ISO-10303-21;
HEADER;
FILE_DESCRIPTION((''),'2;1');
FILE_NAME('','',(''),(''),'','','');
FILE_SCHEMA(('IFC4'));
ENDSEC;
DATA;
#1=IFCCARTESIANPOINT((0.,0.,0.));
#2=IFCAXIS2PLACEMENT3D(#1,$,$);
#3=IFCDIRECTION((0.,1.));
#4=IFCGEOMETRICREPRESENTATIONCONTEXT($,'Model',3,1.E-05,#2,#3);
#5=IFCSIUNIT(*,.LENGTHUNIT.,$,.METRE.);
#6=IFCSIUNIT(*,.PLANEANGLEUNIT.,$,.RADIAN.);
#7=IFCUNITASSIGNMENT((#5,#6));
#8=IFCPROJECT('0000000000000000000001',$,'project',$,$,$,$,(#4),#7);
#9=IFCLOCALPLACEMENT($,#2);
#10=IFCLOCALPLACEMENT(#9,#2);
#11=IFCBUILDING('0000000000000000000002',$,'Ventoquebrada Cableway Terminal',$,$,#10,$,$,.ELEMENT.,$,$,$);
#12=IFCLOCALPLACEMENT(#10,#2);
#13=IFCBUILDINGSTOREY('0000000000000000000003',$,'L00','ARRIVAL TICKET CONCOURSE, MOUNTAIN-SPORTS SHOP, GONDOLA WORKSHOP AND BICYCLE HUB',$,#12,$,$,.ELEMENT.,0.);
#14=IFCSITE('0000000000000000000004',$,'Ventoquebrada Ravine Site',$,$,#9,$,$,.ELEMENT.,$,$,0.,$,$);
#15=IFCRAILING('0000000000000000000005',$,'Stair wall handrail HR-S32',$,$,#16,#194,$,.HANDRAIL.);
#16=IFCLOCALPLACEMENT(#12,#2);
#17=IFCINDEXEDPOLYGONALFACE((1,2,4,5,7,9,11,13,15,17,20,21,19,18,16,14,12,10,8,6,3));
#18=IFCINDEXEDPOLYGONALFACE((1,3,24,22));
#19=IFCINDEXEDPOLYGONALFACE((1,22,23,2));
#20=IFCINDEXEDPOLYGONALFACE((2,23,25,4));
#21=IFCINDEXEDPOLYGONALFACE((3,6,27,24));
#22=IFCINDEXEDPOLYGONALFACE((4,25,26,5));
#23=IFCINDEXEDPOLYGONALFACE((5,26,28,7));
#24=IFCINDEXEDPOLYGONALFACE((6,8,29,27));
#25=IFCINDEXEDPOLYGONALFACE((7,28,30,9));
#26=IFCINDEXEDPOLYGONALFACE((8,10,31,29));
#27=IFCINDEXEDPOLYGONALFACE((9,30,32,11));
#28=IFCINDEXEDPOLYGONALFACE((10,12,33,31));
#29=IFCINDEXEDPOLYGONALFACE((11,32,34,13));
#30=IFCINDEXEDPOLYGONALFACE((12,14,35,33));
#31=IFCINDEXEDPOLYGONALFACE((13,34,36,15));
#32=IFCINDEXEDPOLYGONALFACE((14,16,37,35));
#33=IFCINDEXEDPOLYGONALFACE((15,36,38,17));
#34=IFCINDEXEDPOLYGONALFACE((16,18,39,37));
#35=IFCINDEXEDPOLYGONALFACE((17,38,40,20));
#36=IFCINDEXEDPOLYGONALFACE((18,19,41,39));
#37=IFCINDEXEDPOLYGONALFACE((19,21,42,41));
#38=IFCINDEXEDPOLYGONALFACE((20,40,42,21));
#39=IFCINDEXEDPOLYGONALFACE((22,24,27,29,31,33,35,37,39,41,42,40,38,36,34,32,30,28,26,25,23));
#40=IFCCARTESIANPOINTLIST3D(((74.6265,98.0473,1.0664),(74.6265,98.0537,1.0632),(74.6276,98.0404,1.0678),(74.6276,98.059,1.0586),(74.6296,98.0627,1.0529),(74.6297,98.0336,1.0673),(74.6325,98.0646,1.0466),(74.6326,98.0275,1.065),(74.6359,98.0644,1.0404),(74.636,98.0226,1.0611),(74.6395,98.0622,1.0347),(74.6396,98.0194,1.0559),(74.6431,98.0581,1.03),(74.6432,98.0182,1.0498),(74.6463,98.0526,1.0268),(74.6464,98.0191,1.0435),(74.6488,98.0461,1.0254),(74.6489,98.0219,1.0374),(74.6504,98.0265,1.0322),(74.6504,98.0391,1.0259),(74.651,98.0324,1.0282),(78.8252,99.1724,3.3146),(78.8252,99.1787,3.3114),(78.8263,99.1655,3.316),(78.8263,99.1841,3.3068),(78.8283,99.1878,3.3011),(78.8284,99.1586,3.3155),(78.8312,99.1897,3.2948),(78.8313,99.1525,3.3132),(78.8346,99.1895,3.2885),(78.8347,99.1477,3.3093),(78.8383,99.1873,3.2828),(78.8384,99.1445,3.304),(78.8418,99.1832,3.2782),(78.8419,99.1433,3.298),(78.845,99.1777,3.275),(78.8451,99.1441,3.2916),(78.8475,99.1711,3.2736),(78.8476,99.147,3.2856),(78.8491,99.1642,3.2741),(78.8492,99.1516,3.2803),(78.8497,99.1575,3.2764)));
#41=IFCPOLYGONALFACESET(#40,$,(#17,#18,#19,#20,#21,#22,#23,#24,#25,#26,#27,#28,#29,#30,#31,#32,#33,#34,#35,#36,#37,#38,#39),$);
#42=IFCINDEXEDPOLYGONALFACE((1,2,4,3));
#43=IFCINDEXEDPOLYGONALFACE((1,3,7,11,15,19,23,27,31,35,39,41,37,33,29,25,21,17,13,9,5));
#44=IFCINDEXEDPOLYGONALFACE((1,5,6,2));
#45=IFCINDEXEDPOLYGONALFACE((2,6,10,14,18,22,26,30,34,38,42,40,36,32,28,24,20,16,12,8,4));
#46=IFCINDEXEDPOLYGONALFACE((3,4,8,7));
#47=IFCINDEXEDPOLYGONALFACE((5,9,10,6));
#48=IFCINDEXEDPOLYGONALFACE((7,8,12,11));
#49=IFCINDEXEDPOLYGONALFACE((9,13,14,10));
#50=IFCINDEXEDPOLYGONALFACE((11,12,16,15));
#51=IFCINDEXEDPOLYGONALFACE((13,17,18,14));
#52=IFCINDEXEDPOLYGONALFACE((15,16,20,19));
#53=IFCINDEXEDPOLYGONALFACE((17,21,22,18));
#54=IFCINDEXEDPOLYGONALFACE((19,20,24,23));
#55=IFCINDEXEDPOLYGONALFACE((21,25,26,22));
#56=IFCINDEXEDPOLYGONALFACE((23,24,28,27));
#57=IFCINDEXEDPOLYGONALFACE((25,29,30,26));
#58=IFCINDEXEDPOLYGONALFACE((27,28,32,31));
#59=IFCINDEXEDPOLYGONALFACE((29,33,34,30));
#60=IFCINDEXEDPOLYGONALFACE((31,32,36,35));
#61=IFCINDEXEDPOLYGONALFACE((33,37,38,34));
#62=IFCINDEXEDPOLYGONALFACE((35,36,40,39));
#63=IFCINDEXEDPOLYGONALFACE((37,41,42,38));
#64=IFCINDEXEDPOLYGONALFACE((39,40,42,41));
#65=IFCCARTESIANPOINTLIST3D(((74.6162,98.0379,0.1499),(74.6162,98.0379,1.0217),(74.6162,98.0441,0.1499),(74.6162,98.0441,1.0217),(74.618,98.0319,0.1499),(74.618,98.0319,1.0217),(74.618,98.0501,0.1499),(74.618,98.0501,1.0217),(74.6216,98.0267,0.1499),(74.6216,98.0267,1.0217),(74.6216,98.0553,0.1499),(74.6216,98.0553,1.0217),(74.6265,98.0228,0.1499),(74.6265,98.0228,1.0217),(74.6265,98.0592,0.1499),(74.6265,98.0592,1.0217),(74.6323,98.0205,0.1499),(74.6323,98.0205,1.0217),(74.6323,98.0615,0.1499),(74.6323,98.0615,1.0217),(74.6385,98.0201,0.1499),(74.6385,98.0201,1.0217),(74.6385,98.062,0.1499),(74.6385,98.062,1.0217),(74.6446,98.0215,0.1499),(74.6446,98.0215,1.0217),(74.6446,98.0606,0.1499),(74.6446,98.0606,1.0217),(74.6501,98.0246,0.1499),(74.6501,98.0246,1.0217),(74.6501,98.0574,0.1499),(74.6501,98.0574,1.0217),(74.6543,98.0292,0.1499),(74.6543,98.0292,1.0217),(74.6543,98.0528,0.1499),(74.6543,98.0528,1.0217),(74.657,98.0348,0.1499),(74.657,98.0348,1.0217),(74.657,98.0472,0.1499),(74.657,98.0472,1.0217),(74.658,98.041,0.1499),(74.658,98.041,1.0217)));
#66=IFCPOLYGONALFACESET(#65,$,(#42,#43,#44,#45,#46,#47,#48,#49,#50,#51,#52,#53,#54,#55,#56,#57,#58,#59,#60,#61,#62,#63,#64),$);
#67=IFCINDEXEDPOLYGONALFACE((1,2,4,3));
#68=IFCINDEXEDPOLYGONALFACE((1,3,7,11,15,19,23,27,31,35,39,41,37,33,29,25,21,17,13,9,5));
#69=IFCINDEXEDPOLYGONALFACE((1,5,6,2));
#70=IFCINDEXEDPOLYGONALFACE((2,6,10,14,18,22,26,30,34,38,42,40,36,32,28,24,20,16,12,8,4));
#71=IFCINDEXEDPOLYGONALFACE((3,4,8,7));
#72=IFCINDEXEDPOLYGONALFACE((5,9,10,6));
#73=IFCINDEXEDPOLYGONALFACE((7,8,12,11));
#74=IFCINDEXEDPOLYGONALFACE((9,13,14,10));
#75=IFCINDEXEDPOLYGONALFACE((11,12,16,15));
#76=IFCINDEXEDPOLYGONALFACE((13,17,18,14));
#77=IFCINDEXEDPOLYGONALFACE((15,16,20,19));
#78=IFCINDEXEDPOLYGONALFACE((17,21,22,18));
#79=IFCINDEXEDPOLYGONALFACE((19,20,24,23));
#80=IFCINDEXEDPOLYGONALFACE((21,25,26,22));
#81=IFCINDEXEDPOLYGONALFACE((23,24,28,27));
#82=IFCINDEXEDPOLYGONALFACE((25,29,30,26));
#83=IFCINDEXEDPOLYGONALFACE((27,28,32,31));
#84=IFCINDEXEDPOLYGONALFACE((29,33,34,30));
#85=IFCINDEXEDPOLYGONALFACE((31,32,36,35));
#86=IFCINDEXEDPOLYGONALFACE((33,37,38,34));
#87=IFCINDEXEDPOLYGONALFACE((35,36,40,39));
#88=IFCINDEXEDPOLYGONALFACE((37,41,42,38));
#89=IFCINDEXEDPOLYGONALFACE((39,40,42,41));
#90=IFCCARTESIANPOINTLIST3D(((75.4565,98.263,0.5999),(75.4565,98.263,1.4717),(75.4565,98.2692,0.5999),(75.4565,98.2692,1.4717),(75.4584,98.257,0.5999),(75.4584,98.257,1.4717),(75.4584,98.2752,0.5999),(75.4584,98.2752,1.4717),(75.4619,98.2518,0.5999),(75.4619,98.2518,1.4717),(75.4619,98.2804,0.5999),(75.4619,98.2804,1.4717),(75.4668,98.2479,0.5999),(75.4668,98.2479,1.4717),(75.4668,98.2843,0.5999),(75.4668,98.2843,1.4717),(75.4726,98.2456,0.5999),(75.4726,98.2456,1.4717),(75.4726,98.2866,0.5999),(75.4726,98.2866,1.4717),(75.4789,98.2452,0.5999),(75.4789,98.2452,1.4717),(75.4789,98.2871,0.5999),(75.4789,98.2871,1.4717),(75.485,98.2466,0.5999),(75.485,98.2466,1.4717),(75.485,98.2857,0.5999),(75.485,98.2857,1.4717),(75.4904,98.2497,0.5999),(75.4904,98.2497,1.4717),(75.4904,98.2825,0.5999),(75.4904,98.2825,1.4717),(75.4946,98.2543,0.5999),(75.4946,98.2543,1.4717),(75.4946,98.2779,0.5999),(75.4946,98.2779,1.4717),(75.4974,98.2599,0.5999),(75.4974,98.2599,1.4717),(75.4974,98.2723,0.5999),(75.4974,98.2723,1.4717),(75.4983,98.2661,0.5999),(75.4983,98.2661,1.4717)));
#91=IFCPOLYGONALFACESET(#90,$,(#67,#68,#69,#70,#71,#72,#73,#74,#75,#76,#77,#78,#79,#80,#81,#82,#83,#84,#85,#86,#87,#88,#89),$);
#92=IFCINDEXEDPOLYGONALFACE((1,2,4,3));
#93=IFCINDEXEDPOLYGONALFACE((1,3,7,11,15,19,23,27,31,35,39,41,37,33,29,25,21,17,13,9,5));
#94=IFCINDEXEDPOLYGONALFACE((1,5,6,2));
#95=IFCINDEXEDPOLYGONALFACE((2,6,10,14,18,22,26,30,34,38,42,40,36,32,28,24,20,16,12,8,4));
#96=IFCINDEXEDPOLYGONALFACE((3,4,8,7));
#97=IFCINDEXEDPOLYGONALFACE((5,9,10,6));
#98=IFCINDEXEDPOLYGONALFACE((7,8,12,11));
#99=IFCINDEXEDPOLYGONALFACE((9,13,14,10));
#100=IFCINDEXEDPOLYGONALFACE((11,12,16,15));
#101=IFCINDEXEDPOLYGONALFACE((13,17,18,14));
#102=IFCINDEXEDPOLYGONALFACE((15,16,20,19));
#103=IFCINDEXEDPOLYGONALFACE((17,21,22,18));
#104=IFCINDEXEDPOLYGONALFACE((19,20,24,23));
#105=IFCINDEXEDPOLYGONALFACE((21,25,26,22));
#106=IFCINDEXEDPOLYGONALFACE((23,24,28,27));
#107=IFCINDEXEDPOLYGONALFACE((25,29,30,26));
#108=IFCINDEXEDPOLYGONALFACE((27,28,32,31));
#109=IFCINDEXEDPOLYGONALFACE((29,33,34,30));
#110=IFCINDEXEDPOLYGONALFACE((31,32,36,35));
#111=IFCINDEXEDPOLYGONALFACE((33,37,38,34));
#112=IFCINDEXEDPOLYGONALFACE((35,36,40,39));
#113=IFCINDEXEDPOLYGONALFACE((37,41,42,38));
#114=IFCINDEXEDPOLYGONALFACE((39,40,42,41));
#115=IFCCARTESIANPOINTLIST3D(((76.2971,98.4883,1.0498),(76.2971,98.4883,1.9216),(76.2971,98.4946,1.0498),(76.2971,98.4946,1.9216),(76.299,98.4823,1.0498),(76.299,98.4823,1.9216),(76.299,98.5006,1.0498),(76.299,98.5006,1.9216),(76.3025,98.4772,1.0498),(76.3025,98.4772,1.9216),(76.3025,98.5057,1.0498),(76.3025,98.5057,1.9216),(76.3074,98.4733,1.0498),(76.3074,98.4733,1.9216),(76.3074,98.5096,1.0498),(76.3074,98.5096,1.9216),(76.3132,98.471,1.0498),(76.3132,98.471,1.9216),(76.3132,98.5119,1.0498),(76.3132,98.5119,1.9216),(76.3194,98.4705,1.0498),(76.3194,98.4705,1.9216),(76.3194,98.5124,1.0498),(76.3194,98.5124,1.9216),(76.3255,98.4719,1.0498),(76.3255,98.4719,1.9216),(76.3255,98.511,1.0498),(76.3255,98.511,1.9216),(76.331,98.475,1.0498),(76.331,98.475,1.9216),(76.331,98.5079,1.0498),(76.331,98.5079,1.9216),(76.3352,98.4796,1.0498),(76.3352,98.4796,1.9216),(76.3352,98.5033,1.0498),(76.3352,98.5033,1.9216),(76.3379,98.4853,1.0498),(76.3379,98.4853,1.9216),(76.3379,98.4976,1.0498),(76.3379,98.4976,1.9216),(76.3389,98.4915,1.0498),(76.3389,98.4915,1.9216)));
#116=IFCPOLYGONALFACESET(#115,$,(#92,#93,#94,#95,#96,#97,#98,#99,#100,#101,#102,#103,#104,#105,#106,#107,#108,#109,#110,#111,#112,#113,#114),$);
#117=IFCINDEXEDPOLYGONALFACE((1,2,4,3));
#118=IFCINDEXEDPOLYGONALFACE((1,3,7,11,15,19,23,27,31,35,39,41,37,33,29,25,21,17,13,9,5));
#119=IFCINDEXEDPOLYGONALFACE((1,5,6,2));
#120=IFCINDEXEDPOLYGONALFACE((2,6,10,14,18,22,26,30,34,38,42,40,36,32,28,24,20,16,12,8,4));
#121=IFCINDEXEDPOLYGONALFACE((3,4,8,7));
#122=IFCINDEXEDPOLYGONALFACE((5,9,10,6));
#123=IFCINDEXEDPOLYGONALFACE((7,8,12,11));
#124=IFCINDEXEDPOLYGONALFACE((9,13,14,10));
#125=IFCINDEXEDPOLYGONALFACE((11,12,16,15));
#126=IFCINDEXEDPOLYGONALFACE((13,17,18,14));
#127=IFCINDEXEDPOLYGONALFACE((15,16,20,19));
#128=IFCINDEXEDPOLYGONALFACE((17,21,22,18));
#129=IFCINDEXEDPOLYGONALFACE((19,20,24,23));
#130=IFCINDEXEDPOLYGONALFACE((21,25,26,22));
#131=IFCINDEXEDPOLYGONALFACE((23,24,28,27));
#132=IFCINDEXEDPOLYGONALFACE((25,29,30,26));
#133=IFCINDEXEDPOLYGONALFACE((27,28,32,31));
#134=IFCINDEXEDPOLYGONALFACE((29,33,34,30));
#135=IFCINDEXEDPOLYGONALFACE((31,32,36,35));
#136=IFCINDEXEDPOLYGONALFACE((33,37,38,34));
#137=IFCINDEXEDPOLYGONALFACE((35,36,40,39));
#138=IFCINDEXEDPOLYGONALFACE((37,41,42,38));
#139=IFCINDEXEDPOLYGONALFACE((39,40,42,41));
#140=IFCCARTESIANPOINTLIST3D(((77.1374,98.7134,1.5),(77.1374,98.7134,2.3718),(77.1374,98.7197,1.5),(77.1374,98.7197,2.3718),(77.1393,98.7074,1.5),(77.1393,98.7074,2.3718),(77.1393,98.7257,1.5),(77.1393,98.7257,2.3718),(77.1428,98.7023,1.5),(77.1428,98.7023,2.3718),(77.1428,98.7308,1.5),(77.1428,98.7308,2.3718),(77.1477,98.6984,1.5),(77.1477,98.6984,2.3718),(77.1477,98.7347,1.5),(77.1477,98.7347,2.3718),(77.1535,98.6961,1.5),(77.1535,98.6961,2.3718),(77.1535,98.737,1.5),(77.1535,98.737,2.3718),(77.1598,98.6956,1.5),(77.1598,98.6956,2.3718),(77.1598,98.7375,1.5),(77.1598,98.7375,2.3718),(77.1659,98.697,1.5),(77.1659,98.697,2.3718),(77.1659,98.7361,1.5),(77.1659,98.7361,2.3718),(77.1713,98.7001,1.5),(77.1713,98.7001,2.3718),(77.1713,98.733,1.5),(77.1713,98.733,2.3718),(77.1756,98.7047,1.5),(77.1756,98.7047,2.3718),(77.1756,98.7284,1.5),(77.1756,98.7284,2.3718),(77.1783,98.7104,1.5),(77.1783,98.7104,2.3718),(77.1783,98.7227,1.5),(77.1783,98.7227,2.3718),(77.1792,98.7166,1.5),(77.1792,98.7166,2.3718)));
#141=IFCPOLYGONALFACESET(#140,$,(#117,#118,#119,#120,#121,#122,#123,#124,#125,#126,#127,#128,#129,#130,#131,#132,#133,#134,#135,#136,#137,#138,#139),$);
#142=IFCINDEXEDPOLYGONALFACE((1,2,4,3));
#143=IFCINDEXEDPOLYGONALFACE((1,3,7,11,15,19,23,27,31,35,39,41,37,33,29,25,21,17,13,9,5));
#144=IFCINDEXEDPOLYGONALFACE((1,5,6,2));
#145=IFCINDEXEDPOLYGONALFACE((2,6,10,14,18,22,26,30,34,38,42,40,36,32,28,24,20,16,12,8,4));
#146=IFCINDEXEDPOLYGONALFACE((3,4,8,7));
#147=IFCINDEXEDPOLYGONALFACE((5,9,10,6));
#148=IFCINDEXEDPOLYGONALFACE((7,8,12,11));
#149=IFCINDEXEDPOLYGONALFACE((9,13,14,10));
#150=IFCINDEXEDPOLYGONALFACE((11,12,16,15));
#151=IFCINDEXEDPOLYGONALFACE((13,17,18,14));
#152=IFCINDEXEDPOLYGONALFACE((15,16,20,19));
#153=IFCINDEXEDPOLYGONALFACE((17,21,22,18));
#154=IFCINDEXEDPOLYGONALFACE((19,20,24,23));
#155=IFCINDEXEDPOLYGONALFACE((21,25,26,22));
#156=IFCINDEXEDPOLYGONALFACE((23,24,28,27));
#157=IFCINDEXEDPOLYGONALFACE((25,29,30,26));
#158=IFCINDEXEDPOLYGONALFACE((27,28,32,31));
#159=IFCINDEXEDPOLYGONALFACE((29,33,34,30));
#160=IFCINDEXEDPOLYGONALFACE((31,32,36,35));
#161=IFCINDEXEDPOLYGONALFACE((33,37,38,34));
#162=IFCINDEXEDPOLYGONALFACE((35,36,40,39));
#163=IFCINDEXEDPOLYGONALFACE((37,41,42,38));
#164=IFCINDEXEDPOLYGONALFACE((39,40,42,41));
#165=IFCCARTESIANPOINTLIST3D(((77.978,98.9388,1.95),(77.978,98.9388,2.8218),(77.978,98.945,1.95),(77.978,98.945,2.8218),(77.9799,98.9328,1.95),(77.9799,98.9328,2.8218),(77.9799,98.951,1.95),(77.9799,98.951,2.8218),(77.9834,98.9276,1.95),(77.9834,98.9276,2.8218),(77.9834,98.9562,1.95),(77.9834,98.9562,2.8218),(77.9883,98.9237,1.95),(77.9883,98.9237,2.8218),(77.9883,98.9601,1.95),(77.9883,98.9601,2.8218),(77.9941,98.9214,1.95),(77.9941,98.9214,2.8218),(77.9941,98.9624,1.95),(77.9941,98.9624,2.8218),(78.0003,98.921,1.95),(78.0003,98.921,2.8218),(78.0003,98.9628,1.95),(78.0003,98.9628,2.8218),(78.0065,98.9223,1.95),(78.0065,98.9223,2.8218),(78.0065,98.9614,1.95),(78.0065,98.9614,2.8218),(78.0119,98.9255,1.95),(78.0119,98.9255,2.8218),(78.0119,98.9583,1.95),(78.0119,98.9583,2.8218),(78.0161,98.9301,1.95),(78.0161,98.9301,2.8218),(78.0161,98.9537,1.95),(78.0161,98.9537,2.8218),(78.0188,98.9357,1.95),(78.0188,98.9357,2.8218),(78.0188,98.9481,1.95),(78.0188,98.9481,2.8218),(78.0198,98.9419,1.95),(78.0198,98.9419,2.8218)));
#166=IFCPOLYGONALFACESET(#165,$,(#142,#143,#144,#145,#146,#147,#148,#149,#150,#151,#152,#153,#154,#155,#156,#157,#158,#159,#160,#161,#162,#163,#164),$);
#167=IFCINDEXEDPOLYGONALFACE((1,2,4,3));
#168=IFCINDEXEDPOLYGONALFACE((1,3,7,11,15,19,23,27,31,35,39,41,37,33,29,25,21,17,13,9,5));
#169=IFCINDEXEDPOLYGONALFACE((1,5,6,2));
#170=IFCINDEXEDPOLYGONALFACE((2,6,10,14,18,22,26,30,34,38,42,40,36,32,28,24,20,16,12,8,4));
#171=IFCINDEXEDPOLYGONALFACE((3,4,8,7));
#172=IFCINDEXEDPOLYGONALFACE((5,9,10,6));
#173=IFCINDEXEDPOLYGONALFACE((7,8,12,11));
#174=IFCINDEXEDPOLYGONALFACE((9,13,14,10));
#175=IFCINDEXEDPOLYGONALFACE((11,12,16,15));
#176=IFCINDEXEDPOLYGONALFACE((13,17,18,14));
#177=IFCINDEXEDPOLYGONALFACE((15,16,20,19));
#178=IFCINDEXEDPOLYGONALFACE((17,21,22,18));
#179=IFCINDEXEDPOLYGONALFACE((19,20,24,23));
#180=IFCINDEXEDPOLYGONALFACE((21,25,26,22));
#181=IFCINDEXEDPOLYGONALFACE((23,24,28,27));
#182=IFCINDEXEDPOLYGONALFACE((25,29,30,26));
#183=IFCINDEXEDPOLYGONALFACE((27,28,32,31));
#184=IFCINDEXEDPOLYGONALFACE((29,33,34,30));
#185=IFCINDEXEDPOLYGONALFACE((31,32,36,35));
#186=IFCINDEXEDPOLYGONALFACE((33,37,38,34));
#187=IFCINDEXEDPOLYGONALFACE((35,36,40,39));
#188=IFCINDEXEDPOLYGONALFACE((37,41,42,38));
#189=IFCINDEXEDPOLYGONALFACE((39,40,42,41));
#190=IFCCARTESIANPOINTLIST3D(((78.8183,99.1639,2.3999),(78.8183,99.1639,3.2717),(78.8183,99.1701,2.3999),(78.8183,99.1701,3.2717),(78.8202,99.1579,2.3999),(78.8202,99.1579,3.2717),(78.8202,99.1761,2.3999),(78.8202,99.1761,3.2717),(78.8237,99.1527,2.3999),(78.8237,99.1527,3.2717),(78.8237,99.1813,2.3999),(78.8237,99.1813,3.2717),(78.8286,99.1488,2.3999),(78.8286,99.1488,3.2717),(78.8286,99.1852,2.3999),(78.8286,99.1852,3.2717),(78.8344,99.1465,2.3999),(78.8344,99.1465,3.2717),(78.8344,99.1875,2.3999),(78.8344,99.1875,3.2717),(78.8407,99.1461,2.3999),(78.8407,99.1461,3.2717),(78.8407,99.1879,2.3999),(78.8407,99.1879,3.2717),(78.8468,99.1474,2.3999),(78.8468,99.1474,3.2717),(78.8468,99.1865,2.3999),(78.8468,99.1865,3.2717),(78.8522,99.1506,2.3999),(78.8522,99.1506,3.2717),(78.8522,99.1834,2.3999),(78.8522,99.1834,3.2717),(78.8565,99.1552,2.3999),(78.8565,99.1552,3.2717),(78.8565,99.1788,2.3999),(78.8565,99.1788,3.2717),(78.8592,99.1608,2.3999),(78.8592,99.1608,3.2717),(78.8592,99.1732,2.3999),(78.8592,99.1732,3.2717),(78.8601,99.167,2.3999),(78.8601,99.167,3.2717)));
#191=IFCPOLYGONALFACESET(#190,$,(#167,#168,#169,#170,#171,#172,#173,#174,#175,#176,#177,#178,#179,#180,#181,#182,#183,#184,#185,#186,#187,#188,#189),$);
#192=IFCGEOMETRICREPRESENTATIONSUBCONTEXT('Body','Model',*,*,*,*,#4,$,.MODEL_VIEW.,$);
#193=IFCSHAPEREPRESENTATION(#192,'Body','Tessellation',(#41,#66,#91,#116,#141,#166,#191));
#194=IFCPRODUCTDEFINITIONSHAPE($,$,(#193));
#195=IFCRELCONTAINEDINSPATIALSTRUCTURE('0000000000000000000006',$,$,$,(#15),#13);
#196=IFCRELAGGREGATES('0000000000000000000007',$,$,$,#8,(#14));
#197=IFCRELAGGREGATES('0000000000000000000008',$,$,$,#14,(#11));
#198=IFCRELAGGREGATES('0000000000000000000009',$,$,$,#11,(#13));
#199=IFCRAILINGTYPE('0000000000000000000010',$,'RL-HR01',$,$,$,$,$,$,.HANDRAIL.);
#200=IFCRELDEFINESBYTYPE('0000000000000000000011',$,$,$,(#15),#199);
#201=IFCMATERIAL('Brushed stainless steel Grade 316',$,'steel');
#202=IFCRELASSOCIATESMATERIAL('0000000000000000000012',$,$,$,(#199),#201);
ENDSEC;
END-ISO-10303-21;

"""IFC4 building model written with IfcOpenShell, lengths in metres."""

from ifc_helpers import new_model, si_unit, direction, frame, origin, origin_2d, place, context, subcontext, project, spatial, circle, extrude, material, type_object, element, save


model = new_model("IFC4")

# Units and contexts
model_context = context("Model", 3, precision=1e-05, world=origin(), true_north=direction((0.0, 1.0)))
body_context = subcontext(model_context, "Body", "Model", "MODEL_VIEW")
ifc_project = project(units=[si_unit("LENGTHUNIT", "METRE"), si_unit("PLANEANGLEUNIT", "RADIAN")], contexts=[model_context])

# Site, building, storey
site_placement = place(None, origin())
site = spatial("IfcSite", under=ifc_project, at=site_placement, Name="Ventoquebrada Ravine Site", CompositionType="ELEMENT", RefElevation=0.0)
building_placement = place(site_placement, origin())
building = spatial("IfcBuilding", under=site, at=building_placement, Name="Ventoquebrada Cableway Terminal", CompositionType="ELEMENT")
storey_placement = place(building_placement, origin())
storey = spatial("IfcBuildingStorey", under=building, at=storey_placement, Name="L00", Description="ARRIVAL TICKET CONCOURSE, MOUNTAIN-SPORTS SHOP, GONDOLA WORKSHOP AND BICYCLE HUB", CompositionType="ELEMENT", Elevation=0.0)

# Railing
ifc_material_1 = material(Name="Brushed stainless steel Grade 316", Category="steel")
railing_type_1 = type_object("IfcRailingType", Name="RL-HR01", PredefinedType="HANDRAIL", material=ifc_material_1)
railing_1_placement = place(storey_placement, frame((74.637, 98.041, 0.1499)))
element("IfcRailing", 1, at=railing_1_placement, inside=storey, type_object=railing_type_1, Name="Stair wall handrail HR-S32", PredefinedType="HANDRAIL", context=body_context, shape_type="SweptSolid", body=[
    extrude(circle(Radius=0.0239, at=origin_2d()), frame((0.0017, 0.0005, 0.8967), z_axis=(0.857968, 0.229895, 0.459391), x_axis=(-0.258822, 0.965925, 0.0)), (0.0, 0.0, 1.0), 4.8938),
    extrude(circle(Radius=0.021, at=origin_2d()), origin(), (0.0, 0.0, 1.0), 0.8718),
    extrude(circle(Radius=0.021, at=origin_2d()), frame((0.8403, 0.2251, 0.45)), (0.0, 0.0, 1.0), 0.8718),
    extrude(circle(Radius=0.021, at=origin_2d()), frame((1.6809, 0.4504, 0.8999)), (0.0, 0.0, 1.0), 0.8718),
    extrude(circle(Radius=0.021, at=origin_2d()), frame((2.5212, 0.6755, 1.3501)), (0.0, 0.0, 1.0), 0.8718),
    extrude(circle(Radius=0.021, at=origin_2d()), frame((3.3618, 0.9009, 1.8)), (0.0, 0.0, 1.0), 0.8718),
    extrude(circle(Radius=0.021, at=origin_2d()), frame((4.2021, 1.126, 2.25)), (0.0, 0.0, 1.0), 0.8718),
])

save(model, "model.ifc")
